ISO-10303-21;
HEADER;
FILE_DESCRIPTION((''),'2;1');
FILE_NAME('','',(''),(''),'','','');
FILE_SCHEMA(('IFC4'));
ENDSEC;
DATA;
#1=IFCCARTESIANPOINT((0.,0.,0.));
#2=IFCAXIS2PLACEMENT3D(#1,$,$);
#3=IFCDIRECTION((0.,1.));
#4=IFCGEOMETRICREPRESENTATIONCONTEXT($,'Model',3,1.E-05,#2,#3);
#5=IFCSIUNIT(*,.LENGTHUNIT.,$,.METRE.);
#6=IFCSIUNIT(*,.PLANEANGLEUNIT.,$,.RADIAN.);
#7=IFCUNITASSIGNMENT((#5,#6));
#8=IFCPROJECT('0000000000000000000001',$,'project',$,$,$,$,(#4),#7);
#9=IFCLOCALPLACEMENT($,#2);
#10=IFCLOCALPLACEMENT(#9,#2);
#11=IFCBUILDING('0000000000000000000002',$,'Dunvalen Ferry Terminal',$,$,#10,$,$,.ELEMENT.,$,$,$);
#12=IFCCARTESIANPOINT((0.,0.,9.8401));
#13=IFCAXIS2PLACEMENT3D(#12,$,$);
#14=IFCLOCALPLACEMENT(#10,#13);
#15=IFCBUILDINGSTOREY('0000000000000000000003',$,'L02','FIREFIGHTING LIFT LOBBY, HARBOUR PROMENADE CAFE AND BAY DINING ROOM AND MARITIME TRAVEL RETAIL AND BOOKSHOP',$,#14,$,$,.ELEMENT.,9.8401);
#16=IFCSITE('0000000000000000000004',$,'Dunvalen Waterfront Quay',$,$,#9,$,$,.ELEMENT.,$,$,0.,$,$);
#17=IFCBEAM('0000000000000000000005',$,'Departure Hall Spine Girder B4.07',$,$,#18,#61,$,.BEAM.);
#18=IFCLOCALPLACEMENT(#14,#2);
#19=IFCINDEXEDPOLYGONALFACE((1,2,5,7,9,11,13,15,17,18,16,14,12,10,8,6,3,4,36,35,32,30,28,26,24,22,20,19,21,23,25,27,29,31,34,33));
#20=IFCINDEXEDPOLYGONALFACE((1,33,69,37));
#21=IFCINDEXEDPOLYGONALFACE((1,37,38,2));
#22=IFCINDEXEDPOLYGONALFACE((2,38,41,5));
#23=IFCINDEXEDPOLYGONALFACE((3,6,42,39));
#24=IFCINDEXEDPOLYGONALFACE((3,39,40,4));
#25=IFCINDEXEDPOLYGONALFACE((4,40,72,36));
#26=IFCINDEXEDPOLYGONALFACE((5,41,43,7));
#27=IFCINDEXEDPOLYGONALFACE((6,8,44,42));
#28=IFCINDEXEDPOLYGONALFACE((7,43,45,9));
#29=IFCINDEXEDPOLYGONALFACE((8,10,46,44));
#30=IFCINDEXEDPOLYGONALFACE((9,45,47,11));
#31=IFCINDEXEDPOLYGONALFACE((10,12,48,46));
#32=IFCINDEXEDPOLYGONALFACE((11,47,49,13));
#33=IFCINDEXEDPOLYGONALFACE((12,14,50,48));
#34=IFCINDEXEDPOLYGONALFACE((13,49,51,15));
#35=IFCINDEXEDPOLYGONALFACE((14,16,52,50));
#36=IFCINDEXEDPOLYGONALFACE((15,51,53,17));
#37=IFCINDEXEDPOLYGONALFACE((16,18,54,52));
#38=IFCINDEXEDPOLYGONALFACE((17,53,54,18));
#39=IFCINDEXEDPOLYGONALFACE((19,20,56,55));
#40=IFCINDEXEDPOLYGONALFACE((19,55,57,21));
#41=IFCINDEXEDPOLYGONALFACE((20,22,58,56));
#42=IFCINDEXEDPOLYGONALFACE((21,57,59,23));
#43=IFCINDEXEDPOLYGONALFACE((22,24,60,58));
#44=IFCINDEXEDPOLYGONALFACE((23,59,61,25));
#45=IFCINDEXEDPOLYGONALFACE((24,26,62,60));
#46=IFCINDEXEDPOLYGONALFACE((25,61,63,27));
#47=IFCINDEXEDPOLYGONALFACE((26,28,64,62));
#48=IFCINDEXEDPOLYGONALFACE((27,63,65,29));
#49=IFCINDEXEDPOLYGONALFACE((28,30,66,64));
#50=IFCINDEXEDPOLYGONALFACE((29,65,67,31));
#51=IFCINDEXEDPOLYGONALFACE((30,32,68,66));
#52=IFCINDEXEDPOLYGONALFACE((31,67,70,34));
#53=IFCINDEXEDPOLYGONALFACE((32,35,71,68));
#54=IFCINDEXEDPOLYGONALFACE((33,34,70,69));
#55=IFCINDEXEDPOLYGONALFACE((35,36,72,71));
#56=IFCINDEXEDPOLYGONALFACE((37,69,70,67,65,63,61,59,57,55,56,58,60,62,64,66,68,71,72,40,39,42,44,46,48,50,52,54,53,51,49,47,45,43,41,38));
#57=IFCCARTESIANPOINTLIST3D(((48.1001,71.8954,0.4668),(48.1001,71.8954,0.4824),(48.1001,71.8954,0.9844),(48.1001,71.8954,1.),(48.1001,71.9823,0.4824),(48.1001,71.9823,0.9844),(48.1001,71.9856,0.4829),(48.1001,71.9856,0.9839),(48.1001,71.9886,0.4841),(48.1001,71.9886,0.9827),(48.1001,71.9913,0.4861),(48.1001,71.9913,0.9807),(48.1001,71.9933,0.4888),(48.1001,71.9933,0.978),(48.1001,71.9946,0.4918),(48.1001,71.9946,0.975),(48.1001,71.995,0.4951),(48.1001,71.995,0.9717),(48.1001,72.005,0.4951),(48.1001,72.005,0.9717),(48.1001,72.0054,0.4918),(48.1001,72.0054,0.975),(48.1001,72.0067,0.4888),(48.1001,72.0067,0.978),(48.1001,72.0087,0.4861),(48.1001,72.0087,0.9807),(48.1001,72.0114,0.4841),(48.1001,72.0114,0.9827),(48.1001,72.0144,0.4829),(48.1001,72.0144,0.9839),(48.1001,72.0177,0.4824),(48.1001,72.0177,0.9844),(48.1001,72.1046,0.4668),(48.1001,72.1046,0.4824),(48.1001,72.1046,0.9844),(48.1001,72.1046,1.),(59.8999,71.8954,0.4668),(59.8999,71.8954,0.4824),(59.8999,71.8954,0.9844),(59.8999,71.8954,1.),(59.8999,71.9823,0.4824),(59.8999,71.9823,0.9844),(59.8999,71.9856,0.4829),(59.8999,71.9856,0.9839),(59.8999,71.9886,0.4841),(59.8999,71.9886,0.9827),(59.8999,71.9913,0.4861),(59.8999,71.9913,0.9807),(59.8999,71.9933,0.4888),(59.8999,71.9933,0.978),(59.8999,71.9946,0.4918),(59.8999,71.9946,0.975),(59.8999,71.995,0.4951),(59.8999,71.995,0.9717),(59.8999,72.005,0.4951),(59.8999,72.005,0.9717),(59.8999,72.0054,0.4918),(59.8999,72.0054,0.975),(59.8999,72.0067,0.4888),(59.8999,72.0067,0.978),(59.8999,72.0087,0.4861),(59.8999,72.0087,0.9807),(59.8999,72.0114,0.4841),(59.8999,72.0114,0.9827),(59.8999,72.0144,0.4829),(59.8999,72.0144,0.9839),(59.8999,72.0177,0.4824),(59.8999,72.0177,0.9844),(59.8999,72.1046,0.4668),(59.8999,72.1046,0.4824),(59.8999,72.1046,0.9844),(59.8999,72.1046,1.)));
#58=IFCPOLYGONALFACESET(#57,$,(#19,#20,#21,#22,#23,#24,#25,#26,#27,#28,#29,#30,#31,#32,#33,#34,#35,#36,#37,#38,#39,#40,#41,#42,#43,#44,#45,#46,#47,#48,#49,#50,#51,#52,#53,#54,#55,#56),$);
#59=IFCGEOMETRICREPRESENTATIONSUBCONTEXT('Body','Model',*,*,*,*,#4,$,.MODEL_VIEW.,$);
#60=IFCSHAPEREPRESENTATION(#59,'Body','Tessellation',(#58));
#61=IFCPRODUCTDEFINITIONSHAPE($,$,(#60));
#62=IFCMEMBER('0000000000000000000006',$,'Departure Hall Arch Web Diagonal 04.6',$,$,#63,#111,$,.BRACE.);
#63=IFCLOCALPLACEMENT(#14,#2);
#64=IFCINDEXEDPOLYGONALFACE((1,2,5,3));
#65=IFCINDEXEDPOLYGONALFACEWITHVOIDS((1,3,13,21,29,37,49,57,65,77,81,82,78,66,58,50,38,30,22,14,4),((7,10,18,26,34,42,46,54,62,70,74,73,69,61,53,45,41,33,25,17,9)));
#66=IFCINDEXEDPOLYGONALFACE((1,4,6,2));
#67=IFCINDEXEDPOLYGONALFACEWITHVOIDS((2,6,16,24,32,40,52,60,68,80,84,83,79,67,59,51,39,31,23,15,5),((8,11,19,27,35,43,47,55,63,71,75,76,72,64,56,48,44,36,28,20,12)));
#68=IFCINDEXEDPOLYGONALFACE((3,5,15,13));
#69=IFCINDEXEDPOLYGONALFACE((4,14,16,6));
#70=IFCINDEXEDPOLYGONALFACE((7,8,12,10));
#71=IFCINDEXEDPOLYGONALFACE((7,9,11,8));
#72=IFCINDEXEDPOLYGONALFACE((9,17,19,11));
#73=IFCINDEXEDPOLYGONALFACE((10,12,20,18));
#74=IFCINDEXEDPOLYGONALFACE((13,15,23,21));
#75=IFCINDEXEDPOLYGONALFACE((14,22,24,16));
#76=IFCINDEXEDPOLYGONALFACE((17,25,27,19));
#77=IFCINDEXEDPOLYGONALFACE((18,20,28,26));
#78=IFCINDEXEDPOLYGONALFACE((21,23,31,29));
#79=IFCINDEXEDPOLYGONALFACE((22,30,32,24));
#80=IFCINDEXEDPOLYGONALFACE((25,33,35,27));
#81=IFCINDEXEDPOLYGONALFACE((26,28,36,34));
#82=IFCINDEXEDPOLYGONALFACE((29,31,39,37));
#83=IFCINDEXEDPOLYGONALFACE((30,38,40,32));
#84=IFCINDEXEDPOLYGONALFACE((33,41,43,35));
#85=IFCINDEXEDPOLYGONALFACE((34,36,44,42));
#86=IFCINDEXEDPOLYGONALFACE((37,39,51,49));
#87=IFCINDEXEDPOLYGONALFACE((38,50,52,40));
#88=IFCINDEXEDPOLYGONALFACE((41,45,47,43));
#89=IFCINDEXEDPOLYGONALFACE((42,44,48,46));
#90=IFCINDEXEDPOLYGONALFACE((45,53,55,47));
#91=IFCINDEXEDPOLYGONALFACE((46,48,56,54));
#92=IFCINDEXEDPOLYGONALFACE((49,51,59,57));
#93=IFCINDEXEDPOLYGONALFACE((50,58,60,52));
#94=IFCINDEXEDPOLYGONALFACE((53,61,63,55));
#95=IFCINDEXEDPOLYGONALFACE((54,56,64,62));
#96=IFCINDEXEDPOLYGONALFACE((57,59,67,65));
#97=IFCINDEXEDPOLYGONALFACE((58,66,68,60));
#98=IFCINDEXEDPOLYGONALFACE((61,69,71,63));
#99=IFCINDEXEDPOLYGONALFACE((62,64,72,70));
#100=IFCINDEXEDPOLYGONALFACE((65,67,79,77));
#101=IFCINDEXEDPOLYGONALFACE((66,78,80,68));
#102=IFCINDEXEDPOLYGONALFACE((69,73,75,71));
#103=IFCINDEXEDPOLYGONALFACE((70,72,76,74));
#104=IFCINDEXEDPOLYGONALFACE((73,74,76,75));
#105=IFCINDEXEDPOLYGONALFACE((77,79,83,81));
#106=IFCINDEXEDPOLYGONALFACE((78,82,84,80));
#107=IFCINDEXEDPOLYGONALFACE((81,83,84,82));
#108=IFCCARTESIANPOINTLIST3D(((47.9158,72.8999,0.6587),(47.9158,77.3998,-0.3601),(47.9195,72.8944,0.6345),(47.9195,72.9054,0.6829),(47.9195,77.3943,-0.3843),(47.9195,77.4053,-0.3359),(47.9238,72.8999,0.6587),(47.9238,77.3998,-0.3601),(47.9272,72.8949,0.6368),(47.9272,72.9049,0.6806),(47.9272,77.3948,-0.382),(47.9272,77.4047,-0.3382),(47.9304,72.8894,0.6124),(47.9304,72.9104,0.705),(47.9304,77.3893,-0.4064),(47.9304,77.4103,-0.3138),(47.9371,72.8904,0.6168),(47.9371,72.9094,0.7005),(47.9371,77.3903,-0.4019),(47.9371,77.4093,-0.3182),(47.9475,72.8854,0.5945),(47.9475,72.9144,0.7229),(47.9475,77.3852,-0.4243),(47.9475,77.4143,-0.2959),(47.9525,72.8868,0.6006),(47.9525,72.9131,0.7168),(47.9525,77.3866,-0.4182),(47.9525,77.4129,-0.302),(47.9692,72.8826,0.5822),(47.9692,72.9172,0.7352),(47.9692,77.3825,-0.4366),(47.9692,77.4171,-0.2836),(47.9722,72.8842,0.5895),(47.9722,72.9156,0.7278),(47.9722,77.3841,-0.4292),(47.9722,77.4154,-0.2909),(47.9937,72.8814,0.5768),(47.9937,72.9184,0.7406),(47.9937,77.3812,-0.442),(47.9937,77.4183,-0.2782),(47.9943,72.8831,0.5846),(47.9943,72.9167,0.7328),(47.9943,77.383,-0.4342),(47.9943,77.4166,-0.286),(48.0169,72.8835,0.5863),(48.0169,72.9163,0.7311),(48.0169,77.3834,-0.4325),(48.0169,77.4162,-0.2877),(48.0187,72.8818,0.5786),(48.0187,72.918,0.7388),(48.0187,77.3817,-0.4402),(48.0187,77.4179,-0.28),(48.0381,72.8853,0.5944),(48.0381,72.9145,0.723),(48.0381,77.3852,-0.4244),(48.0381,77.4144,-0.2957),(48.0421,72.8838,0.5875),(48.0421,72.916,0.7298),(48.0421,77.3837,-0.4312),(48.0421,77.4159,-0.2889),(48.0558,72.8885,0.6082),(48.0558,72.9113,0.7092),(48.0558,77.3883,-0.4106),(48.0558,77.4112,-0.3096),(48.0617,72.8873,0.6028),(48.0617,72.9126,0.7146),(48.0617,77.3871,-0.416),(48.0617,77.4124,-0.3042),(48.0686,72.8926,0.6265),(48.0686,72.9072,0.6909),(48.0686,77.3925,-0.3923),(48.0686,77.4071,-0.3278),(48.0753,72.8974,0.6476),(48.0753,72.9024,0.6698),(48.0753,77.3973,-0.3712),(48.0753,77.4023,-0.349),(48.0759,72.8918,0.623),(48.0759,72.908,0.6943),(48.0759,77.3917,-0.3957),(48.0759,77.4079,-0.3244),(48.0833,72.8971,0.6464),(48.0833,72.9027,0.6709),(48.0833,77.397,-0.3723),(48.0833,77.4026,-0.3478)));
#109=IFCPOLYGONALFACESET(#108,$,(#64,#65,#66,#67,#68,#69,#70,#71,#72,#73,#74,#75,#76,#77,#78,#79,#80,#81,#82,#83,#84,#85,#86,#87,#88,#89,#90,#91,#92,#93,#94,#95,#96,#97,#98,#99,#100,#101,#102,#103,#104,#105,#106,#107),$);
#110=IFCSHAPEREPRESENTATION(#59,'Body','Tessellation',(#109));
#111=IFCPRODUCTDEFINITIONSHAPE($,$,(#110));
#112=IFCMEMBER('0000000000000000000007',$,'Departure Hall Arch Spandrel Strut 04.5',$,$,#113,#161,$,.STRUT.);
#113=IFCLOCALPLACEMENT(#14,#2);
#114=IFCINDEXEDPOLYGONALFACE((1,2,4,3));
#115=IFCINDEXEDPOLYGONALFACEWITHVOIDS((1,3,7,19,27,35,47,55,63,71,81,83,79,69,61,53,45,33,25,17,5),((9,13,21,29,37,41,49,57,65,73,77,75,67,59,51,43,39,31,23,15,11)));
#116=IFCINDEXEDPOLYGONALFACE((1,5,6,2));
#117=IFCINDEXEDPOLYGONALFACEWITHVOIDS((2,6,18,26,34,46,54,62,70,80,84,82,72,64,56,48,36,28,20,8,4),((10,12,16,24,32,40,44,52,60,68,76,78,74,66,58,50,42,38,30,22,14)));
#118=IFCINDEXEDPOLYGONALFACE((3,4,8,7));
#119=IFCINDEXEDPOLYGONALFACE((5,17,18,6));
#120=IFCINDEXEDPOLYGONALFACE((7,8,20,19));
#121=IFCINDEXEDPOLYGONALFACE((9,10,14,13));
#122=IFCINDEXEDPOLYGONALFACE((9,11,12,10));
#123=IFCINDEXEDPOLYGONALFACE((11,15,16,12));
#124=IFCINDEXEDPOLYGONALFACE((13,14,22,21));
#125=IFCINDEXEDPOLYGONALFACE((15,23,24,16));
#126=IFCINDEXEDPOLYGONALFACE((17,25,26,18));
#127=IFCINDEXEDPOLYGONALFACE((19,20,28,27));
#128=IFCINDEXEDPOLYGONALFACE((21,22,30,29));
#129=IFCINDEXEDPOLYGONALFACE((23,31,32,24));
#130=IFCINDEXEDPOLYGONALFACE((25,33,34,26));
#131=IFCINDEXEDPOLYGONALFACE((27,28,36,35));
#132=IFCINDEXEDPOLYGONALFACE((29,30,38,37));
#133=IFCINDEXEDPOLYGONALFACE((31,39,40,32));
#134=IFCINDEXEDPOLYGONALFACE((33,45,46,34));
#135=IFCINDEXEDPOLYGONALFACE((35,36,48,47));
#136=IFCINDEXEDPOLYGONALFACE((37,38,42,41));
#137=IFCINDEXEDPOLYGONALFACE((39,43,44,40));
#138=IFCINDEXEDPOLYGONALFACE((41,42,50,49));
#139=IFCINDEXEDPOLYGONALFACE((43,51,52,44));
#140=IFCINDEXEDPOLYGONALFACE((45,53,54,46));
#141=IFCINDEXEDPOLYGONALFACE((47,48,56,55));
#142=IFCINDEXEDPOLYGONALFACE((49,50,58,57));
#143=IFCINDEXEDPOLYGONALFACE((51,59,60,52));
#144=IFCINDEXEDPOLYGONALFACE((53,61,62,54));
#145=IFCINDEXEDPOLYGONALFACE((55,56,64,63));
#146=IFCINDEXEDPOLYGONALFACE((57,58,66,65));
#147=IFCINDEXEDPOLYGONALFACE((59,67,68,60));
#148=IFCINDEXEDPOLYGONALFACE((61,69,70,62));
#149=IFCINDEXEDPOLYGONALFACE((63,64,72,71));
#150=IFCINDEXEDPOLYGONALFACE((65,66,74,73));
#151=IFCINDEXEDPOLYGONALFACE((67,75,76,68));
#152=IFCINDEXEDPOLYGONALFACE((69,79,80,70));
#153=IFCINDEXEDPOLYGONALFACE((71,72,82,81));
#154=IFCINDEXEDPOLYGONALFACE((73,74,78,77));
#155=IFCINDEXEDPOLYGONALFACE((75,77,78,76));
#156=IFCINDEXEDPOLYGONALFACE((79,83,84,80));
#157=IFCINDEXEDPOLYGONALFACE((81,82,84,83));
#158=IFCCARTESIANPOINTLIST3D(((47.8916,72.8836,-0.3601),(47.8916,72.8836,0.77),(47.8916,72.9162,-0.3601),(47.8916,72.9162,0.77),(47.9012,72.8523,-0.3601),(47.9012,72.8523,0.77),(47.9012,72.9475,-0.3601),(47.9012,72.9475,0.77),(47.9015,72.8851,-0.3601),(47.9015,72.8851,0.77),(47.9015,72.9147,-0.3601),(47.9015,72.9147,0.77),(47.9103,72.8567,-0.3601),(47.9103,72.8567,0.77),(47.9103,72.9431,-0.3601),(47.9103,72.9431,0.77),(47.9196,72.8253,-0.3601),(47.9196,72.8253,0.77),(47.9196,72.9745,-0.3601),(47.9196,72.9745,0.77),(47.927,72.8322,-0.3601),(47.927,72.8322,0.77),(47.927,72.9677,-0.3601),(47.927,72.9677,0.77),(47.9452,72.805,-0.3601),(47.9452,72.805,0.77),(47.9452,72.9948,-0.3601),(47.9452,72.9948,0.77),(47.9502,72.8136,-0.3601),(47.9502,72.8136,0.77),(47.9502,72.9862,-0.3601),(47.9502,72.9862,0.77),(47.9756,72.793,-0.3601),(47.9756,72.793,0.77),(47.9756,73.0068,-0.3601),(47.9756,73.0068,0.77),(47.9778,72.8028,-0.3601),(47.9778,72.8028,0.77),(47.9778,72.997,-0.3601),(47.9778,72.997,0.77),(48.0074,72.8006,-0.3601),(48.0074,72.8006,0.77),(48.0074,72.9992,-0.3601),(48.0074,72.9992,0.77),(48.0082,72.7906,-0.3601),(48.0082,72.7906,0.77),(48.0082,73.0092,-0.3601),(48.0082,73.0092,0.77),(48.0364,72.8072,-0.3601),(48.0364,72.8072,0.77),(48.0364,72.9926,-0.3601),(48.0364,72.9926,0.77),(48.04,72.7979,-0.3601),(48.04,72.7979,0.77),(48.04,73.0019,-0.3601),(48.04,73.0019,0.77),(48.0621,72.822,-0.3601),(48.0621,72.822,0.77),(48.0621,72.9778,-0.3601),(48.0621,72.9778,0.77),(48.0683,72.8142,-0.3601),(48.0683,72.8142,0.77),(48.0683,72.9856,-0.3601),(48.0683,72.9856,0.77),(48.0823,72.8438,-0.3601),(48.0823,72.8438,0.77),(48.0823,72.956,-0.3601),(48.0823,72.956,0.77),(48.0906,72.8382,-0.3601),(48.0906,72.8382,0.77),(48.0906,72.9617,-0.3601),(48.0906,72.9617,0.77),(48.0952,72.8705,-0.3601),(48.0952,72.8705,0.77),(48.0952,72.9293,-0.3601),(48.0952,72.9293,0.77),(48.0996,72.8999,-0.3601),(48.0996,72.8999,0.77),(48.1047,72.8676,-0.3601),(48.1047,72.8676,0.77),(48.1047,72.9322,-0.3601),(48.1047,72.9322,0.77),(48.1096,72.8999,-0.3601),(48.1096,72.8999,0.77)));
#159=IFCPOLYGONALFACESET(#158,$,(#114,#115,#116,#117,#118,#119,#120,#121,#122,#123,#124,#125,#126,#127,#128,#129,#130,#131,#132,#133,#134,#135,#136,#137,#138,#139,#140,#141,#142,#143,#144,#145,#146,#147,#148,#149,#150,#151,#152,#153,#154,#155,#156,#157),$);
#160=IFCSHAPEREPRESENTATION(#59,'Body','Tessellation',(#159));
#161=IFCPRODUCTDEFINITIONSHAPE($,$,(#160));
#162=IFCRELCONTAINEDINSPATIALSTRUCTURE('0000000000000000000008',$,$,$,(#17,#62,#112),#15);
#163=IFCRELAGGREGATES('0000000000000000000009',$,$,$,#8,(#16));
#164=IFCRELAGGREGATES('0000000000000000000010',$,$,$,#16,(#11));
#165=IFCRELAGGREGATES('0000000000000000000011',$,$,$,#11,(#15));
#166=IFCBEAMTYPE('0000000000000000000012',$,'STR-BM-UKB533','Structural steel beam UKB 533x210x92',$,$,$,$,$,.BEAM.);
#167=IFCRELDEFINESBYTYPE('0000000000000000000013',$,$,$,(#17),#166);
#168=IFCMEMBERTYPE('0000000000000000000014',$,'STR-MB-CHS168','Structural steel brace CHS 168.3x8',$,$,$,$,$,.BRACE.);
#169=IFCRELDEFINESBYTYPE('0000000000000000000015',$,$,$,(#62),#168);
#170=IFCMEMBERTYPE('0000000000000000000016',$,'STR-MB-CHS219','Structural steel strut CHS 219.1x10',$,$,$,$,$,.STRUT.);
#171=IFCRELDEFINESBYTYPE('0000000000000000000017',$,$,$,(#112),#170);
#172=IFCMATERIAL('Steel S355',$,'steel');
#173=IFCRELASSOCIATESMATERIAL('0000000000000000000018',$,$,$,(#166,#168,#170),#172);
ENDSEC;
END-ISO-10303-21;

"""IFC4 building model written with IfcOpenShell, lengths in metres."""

from ifc_helpers import new_model, si_unit, direction, frame, origin, origin_2d, place, context, subcontext, project, spatial, hollow_circle, i_section, extrude, material, material_profile, profile_set, type_object, element, save


model = new_model("IFC4")

# Units and contexts
model_context = context("Model", 3, precision=1e-05, world=origin(), true_north=direction((0.0, 1.0)))
body_context = subcontext(model_context, "Body", "Model", "MODEL_VIEW")
ifc_project = project(units=[si_unit("LENGTHUNIT", "METRE"), si_unit("PLANEANGLEUNIT", "RADIAN")], contexts=[model_context])

# Site, building, storey
site_placement = place(None, origin())
site = spatial("IfcSite", under=ifc_project, at=site_placement, Name="Dunvalen Waterfront Quay", CompositionType="ELEMENT", RefElevation=0.0)
building_placement = place(site_placement, origin())
building = spatial("IfcBuilding", under=site, at=building_placement, Name="Dunvalen Ferry Terminal", CompositionType="ELEMENT")
storey_placement = place(building_placement, frame((0.0, 0.0, 9.8401)))
storey = spatial("IfcBuildingStorey", under=building, at=storey_placement, Name="L02", Description="FIREFIGHTING LIFT LOBBY, HARBOUR PROMENADE CAFE AND BAY DINING ROOM AND MARITIME TRAVEL RETAIL AND BOOKSHOP", CompositionType="ELEMENT", Elevation=9.8401)

# Beam
ifc_material_1 = material(Name="Steel S355", Category="steel")
ifc_material_profile_1 = material_profile(ifc_material_1, i_section(OverallWidth=0.2092, OverallDepth=0.5332, WebThickness=0.01, FlangeThickness=0.0156, FilletRadius=0.0127, at=origin_2d()), Name="Steel S355")
ifc_profile_set_1 = profile_set([ifc_material_profile_1], Name="Steel S355")
beam_type_1 = type_object("IfcBeamType", Name="STR-BM-UKB533", Description="Structural steel beam UKB 533x210x92", PredefinedType="BEAM", material=ifc_profile_set_1)
beam_1_placement = place(storey_placement, frame((48.1001, 72.0, 0.7334), z_axis=(1.0, 0.0, 0.0), x_axis=(0.0, 1.0, 0.0)))
element("IfcBeam", 1, at=beam_1_placement, inside=storey, type_object=beam_type_1, Name="Departure Hall Spine Girder B4.07", PredefinedType="BEAM", context=body_context, shape_type="SweptSolid", body=[
    extrude(i_section(OverallWidth=0.2092, OverallDepth=0.5332, WebThickness=0.01, FlangeThickness=0.0156, FilletRadius=0.0127, at=origin_2d()), origin(), (0.0, 0.0, 1.0), 11.7998),
])

# Members
ifc_material_profile_2 = material_profile(ifc_material_1, hollow_circle(Radius=0.0842, WallThickness=0.0081, at=origin_2d()), Name="Steel S355")
ifc_profile_set_2 = profile_set([ifc_material_profile_2], Name="Steel S355")
member_type_1 = type_object("IfcMemberType", Name="STR-MB-CHS168", Description="Structural steel brace CHS 168.3x8", PredefinedType="BRACE", material=ifc_profile_set_2)
member_1_placement = place(storey_placement, frame((48.0, 72.8999, 0.6587), z_axis=(0.0, 0.975317, -0.220811), x_axis=(-1.0, 0.0, 0.0)))
element("IfcMember", 2, at=member_1_placement, inside=storey, type_object=member_type_1, Name="Departure Hall Arch Web Diagonal 04.6", PredefinedType="BRACE", context=body_context, shape_type="SweptSolid", body=[
    extrude(hollow_circle(Radius=0.0842, WallThickness=0.0081, at=origin_2d()), origin(), (0.0, 0.0, 1.0), 4.6138),
])
ifc_material_profile_3 = material_profile(ifc_material_1, hollow_circle(Radius=0.1096, WallThickness=0.01, at=origin_2d()), Name="Steel S355")
ifc_profile_set_3 = profile_set([ifc_material_profile_3], Name="Steel S355")
member_type_2 = type_object("IfcMemberType", Name="STR-MB-CHS219", Description="Structural steel strut CHS 219.1x10", PredefinedType="STRUT", material=ifc_profile_set_3)
member_2_placement = place(storey_placement, frame((48.0, 72.8999, -0.3601), z_axis=(0.0, 0.0, 1.0), x_axis=(1.0, 0.0, 0.0)))
element("IfcMember", 3, at=member_2_placement, inside=storey, type_object=member_type_2, Name="Departure Hall Arch Spandrel Strut 04.5", PredefinedType="STRUT", context=body_context, shape_type="SweptSolid", body=[
    extrude(hollow_circle(Radius=0.1096, WallThickness=0.01, at=origin_2d()), origin(), (0.0, 0.0, 1.0), 1.1301),
])

save(model, "model.ifc")
